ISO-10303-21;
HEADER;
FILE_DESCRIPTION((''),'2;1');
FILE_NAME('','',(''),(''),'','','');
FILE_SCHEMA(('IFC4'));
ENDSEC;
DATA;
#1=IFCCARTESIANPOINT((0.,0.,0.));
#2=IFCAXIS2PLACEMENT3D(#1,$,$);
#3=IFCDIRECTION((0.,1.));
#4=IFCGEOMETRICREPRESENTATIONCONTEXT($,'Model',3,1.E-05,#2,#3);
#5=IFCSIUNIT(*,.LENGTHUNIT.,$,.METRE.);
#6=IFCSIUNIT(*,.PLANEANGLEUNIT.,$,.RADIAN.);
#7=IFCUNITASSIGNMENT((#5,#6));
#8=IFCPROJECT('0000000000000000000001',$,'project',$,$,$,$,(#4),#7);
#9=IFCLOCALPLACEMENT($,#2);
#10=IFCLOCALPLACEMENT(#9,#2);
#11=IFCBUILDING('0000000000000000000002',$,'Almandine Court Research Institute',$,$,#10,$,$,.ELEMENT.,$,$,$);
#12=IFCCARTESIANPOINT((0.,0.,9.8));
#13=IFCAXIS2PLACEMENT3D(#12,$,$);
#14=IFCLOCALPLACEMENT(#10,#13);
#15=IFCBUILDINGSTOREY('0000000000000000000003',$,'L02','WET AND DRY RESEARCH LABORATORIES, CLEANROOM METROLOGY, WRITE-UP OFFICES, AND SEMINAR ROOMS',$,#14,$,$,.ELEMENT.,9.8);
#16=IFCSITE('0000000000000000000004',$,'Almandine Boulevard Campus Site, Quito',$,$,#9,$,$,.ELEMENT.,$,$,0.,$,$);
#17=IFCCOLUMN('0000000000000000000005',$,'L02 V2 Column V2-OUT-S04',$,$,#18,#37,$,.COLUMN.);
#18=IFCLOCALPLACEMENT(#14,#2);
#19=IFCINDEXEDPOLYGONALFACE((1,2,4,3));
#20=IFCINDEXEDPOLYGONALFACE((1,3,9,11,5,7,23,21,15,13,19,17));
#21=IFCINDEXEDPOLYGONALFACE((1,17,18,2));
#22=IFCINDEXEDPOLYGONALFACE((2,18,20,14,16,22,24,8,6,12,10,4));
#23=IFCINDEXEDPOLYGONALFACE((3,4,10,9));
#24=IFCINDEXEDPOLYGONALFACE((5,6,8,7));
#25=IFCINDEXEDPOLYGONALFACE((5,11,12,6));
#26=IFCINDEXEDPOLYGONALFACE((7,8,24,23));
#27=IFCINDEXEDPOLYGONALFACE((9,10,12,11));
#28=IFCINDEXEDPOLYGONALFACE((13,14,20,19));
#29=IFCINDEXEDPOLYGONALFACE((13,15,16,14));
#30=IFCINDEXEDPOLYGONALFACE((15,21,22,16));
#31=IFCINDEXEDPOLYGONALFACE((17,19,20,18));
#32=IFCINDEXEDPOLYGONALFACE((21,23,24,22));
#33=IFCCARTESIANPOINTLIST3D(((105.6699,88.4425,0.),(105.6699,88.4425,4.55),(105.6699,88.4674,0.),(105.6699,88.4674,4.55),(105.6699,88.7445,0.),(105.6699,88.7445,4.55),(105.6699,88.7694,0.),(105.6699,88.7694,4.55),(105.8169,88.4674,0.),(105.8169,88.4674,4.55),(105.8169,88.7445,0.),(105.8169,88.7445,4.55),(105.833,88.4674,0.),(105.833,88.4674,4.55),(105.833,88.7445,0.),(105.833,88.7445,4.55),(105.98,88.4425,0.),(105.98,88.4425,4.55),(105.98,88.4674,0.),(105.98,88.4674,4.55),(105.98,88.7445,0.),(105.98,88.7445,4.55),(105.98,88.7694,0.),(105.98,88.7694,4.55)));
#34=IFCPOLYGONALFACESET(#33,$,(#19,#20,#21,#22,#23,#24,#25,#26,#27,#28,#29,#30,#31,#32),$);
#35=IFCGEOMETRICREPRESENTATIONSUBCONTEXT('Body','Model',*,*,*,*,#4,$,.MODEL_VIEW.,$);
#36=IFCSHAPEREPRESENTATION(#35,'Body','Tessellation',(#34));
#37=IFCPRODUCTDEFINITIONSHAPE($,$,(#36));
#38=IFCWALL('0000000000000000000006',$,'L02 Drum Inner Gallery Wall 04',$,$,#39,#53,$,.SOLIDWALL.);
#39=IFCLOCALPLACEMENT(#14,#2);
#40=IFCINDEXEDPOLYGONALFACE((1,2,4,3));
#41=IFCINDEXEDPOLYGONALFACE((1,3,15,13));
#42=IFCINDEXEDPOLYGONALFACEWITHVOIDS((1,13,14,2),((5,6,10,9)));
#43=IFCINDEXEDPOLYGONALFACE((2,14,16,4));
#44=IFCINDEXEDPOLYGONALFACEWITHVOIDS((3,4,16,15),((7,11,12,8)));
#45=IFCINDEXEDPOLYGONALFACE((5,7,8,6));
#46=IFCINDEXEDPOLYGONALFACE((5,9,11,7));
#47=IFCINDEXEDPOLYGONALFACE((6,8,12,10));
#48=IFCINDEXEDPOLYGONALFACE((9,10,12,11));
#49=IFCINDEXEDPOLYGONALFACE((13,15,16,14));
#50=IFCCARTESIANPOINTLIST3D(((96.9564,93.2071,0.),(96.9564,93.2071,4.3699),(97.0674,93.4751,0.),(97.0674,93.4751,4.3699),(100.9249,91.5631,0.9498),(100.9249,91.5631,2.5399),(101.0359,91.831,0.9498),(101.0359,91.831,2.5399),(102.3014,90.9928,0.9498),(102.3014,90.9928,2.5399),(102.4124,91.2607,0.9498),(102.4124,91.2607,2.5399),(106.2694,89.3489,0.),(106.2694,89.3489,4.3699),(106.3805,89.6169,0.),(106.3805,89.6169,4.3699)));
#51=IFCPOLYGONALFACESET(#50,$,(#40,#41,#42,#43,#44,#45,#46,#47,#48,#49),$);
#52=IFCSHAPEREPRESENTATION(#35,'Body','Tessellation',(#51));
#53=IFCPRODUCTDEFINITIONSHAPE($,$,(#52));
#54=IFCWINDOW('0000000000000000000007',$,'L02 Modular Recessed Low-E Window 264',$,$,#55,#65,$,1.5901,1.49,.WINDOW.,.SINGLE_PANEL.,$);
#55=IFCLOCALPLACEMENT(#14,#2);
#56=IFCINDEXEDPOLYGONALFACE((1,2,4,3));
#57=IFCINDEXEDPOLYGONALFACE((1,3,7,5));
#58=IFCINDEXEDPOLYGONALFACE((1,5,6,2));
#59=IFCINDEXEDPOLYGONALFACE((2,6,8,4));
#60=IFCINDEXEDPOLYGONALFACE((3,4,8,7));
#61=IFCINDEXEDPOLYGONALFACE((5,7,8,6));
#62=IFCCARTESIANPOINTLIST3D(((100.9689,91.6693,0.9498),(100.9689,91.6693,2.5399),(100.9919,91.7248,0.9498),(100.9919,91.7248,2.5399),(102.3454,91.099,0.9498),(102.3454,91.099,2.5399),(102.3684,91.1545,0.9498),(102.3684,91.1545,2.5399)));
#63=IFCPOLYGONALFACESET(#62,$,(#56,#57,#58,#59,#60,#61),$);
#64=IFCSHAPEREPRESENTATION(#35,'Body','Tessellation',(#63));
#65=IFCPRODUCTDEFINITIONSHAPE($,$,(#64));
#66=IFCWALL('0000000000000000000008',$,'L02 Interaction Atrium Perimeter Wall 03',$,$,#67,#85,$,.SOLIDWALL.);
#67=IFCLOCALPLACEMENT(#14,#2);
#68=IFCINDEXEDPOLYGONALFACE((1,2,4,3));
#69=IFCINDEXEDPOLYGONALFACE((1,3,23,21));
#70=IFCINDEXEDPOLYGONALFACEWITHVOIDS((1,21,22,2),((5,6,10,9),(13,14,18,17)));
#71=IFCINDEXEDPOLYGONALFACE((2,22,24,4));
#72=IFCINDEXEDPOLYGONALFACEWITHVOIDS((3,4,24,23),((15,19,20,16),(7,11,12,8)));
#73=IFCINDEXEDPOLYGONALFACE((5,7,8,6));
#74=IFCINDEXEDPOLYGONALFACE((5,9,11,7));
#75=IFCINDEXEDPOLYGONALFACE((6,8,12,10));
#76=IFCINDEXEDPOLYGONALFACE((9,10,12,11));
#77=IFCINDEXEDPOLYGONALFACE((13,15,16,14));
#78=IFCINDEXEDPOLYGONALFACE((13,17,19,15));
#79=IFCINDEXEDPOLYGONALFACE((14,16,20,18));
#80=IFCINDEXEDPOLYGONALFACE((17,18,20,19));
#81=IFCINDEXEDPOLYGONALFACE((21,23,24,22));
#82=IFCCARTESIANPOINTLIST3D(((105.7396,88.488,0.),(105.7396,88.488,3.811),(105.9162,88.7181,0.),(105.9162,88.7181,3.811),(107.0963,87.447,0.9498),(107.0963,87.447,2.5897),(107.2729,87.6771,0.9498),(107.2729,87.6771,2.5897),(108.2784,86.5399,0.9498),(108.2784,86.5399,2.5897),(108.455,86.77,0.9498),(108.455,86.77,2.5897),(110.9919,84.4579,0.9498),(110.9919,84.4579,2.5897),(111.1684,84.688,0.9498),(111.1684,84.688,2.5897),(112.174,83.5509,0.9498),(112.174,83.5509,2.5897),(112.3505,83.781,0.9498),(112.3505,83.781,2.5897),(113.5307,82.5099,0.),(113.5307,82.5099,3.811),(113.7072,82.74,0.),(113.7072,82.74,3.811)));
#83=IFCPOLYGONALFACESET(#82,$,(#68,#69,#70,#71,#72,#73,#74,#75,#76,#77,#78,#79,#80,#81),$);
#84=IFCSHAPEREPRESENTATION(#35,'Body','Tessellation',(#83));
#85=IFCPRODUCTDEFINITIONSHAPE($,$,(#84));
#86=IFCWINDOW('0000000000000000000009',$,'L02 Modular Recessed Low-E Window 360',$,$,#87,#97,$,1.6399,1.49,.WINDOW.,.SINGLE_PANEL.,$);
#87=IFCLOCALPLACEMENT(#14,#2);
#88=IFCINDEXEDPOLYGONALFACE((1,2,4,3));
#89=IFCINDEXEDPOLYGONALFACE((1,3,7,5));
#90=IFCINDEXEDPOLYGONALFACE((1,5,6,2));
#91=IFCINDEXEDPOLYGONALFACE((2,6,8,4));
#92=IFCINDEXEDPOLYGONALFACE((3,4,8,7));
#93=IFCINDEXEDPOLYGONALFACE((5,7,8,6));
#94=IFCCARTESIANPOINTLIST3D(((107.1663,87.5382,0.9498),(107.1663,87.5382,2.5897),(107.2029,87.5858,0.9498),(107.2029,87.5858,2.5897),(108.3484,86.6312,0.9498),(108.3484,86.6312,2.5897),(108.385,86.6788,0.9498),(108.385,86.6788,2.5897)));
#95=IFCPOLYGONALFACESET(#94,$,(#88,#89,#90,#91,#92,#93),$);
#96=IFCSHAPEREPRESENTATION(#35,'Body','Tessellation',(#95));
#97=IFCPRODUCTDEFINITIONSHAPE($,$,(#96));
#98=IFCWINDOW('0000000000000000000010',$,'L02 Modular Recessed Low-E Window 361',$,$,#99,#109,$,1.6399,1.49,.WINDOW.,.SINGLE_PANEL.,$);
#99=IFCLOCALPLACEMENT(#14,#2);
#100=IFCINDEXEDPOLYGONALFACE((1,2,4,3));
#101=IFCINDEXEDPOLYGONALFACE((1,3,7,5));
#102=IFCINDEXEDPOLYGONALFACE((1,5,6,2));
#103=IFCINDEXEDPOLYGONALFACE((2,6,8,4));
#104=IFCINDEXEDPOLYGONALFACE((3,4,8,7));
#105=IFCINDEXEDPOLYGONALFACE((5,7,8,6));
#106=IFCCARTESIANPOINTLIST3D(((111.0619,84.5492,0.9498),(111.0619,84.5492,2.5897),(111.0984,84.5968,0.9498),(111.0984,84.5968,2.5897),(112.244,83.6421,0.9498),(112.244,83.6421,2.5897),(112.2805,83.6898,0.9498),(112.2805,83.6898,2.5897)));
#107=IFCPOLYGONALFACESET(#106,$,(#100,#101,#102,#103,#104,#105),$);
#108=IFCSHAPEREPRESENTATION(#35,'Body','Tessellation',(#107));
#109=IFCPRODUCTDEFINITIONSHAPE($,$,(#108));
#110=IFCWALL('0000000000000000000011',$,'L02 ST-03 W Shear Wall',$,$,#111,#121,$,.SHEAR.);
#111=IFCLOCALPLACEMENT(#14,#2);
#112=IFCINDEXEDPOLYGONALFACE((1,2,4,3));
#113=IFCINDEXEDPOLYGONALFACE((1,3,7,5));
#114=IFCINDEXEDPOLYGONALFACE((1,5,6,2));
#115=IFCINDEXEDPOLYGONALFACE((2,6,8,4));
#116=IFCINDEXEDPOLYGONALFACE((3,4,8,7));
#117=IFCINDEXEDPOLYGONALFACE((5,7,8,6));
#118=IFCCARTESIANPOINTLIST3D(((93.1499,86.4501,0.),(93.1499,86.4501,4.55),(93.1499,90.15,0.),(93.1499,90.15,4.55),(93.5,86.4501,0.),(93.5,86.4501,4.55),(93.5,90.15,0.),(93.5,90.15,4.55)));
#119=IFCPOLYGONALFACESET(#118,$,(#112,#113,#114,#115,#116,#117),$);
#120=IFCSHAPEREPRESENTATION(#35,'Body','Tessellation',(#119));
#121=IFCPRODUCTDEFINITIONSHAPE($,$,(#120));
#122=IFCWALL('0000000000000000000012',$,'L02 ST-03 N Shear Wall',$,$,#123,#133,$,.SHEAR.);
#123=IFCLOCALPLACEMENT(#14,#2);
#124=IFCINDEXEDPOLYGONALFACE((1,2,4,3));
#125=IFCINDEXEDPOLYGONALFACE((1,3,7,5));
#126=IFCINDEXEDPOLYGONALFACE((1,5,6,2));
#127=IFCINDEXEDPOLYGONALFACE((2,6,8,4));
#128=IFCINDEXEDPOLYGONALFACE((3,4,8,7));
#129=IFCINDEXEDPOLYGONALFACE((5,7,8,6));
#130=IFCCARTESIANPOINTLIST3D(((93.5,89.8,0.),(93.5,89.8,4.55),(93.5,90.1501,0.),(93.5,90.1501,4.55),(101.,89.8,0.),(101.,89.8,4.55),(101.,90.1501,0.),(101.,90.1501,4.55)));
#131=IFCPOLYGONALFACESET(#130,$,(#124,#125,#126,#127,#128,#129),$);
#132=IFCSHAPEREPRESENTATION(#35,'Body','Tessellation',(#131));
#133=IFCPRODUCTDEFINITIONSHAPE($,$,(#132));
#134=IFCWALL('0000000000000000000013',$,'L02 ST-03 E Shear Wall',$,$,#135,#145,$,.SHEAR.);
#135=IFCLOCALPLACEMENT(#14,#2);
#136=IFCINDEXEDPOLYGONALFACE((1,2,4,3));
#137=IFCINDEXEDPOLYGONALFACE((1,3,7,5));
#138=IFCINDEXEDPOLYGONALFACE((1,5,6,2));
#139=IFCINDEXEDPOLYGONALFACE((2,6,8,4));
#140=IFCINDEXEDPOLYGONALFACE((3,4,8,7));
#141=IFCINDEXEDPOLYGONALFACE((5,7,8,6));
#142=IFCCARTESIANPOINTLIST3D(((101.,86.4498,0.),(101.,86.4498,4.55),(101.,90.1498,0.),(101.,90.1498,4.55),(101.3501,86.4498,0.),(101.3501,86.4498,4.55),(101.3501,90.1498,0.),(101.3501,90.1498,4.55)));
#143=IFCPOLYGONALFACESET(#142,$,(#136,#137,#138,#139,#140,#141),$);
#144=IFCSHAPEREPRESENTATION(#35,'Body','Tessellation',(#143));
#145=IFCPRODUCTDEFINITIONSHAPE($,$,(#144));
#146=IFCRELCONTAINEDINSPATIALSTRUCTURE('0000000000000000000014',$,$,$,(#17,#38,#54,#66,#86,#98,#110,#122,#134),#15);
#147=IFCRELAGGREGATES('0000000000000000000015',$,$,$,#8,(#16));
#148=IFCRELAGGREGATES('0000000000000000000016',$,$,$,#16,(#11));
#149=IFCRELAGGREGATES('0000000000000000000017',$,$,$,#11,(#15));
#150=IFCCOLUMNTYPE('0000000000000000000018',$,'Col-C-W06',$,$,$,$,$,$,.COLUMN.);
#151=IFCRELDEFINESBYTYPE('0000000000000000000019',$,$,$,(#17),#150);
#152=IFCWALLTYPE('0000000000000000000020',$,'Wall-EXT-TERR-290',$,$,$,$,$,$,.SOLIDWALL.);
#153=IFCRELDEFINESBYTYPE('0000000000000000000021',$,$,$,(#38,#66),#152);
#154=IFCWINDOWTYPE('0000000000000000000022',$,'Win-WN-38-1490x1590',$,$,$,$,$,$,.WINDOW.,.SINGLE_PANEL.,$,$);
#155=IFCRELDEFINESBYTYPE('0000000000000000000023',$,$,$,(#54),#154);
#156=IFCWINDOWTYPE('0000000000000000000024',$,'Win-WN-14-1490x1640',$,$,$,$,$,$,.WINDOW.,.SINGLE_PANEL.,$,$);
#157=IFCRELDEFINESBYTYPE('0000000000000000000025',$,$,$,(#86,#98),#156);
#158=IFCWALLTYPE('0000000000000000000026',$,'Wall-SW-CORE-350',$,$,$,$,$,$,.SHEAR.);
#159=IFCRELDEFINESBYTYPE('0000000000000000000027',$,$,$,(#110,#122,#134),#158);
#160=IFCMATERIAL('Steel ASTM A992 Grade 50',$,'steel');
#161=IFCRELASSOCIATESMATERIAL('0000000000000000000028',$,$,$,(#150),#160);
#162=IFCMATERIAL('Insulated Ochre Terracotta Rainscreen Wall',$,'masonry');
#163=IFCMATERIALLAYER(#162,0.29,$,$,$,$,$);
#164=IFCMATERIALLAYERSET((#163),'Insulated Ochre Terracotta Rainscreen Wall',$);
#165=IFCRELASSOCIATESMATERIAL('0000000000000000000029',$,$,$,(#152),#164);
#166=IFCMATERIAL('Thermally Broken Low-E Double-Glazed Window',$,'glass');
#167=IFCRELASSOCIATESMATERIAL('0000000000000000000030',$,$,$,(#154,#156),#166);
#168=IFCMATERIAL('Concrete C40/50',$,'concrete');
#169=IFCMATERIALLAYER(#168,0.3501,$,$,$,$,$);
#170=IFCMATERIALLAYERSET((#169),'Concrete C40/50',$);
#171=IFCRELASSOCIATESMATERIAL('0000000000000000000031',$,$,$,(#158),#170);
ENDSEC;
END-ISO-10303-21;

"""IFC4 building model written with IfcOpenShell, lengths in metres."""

from ifc_helpers import new_model, si_unit, direction, frame, frame_2d, origin, origin_2d, place, context, subcontext, project, spatial, rectangle, i_section, extrude, material, layer, layer_set, material_profile, profile_set, type_object, element, fill, save


model = new_model("IFC4")

# Units and contexts
model_context = context("Model", 3, precision=1e-05, world=origin(), true_north=direction((0.0, 1.0)))
body_context = subcontext(model_context, "Body", "Model", "MODEL_VIEW")
ifc_project = project(units=[si_unit("LENGTHUNIT", "METRE"), si_unit("PLANEANGLEUNIT", "RADIAN")], contexts=[model_context])

# Site, building, storey
site_placement = place(None, origin())
site = spatial("IfcSite", under=ifc_project, at=site_placement, Name="Almandine Boulevard Campus Site, Quito", CompositionType="ELEMENT", RefElevation=0.0)
building_placement = place(site_placement, origin())
building = spatial("IfcBuilding", under=site, at=building_placement, Name="Almandine Court Research Institute", CompositionType="ELEMENT")
storey_placement = place(building_placement, frame((0.0, 0.0, 9.8)))
storey = spatial("IfcBuildingStorey", under=building, at=storey_placement, Name="L02", Description="WET AND DRY RESEARCH LABORATORIES, CLEANROOM METROLOGY, WRITE-UP OFFICES, AND SEMINAR ROOMS", CompositionType="ELEMENT", Elevation=9.8)

# Column
ifc_material_1 = material(Name="Steel ASTM A992 Grade 50", Category="steel")
ifc_material_profile = material_profile(ifc_material_1, i_section(OverallWidth=0.3101, OverallDepth=0.3269, WebThickness=0.0161, FlangeThickness=0.0249, at=origin_2d()), Name="W310x158")
ifc_profile_set = profile_set([ifc_material_profile], Name="Steel ASTM A992 Grade 50")
column_type = type_object("IfcColumnType", Name="Col-C-W06", PredefinedType="COLUMN", material=ifc_profile_set)
column_placement = place(storey_placement, frame((105.825, 88.606, 0.0), z_axis=(0.0, 0.0, 1.0), x_axis=(1.0, 0.0, 0.0)))
element("IfcColumn", 1, at=column_placement, inside=storey, type_object=column_type, Name="L02 V2 Column V2-OUT-S04", PredefinedType="COLUMN", context=body_context, shape_type="SweptSolid", body=[
    extrude(i_section(OverallWidth=0.3101, OverallDepth=0.3269, WebThickness=0.0161, FlangeThickness=0.0249, at=origin_2d()), origin(), (0.0, 0.0, 1.0), 4.55),
])

# Wall, opening, window
ifc_material_2 = material(Name="Insulated Ochre Terracotta Rainscreen Wall", Category="masonry")
ifc_layer_1 = layer(ifc_material_2, 0.29)
ifc_layer_set_1 = layer_set([ifc_layer_1], Name="Insulated Ochre Terracotta Rainscreen Wall")
wall_type_1 = type_object("IfcWallType", Name="Wall-EXT-TERR-290", PredefinedType="SOLIDWALL", material=ifc_layer_set_1)
wall_1_placement = place(storey_placement, frame((106.325, 89.4829, 0.0), z_axis=(0.0, 0.0, 1.0), x_axis=(-0.923859, 0.382733, 0.0)))
wall_1 = element("IfcWall", 2, at=wall_1_placement, inside=storey, type_object=wall_type_1, Name="L02 Drum Inner Gallery Wall 04", PredefinedType="SOLIDWALL", context=body_context, shape_type="SweptSolid", body=[
    extrude(rectangle(XDim=10.0806, YDim=0.29, at=frame_2d((5.0403, 0.0))), origin(), (0.0, 0.0, 1.0), 4.3699),
])
opening_1_placement = place(wall_1_placement, frame((4.2949, 0.0, 0.95)))
opening_1 = element("IfcOpeningElement", 3, at=opening_1_placement, cuts=wall_1, PredefinedType="OPENING", context=body_context, shape_type="SweptSolid", body=[
    extrude(rectangle(XDim=1.49, YDim=1.5901, at=frame_2d((0.7451, 0.7949))), frame((0.0, 0.155, 0.0), z_axis=(0.0, -1.0, 0.0), x_axis=(1.0, 0.0, 0.0)), (0.0, 0.0, 1.0), 0.3101),
])
ifc_material_3 = material(Name="Thermally Broken Low-E Double-Glazed Window", Category="glass")
window_type_1 = type_object("IfcWindowType", Name="Win-WN-38-1490x1590", PartitioningType="SINGLE_PANEL", PredefinedType="WINDOW", material=ifc_material_3)
window_1_placement = place(opening_1_placement, origin())
window_1 = element("IfcWindow", 4, at=window_1_placement, inside=storey, type_object=window_type_1, Name="L02 Modular Recessed Low-E Window 264", OverallHeight=1.5901, OverallWidth=1.49, PartitioningType="SINGLE_PANEL", PredefinedType="WINDOW", context=body_context, shape_type="SweptSolid", body=[
    extrude(rectangle(XDim=1.49, YDim=1.5901, at=frame_2d((0.7451, 0.7949))), frame((0.0, 0.03, 0.0), z_axis=(0.0, -1.0, 0.0), x_axis=(1.0, 0.0, 0.0)), (0.0, 0.0, 1.0), 0.0601),
])
fill(opening_1, window_1)

# Wall, openings, windows
wall_2_placement = place(storey_placement, frame((105.8279, 88.603, 0.0), z_axis=(0.0, 0.0, 1.0), x_axis=(0.793365, -0.608747, 0.0)))
wall_2 = element("IfcWall", 5, at=wall_2_placement, inside=storey, type_object=wall_type_1, Name="L02 Interaction Atrium Perimeter Wall 03", PredefinedType="SOLIDWALL", context=body_context, shape_type="SweptSolid", body=[
    extrude(rectangle(XDim=9.8203, YDim=0.29, at=frame_2d((4.9102, 0.0))), origin(), (0.0, 0.0, 1.0), 3.811),
])
opening_2_placement = place(wall_2_placement, frame((1.71, 0.0, 0.95)))
opening_2 = element("IfcOpeningElement", 6, at=opening_2_placement, cuts=wall_2, PredefinedType="OPENING", context=body_context, shape_type="SweptSolid", body=[
    extrude(rectangle(XDim=1.49, YDim=1.6399, at=frame_2d((0.7451, 0.8198))), frame((0.0, 0.155, 0.0), z_axis=(0.0, -1.0, 0.0), x_axis=(1.0, 0.0, 0.0)), (0.0, 0.0, 1.0), 0.3101),
])
opening_3_placement = place(wall_2_placement, frame((6.6201, 0.0, 0.95)))
opening_3 = element("IfcOpeningElement", 7, at=opening_3_placement, cuts=wall_2, PredefinedType="OPENING", context=body_context, shape_type="SweptSolid", body=[
    extrude(rectangle(XDim=1.49, YDim=1.6399, at=frame_2d((0.7451, 0.8198))), frame((0.0, 0.155, 0.0), z_axis=(0.0, -1.0, 0.0), x_axis=(1.0, 0.0, 0.0)), (0.0, 0.0, 1.0), 0.3101),
])
window_type_2 = type_object("IfcWindowType", Name="Win-WN-14-1490x1640", PartitioningType="SINGLE_PANEL", PredefinedType="WINDOW", material=ifc_material_3)
window_2_placement = place(opening_2_placement, origin())
window_2 = element("IfcWindow", 8, at=window_2_placement, inside=storey, type_object=window_type_2, Name="L02 Modular Recessed Low-E Window 360", OverallHeight=1.6399, OverallWidth=1.49, PartitioningType="SINGLE_PANEL", PredefinedType="WINDOW", context=body_context, shape_type="SweptSolid", body=[
    extrude(rectangle(XDim=1.49, YDim=1.6399, at=frame_2d((0.7451, 0.8198))), frame((0.0, 0.03, 0.0), z_axis=(0.0, -1.0, 0.0), x_axis=(1.0, 0.0, 0.0)), (0.0, 0.0, 1.0), 0.0601),
])
fill(opening_2, window_2)
window_3_placement = place(opening_3_placement, origin())
window_3 = element("IfcWindow", 9, at=window_3_placement, inside=storey, type_object=window_type_2, Name="L02 Modular Recessed Low-E Window 361", OverallHeight=1.6399, OverallWidth=1.49, PartitioningType="SINGLE_PANEL", PredefinedType="WINDOW", context=body_context, shape_type="SweptSolid", body=[
    extrude(rectangle(XDim=1.49, YDim=1.6399, at=frame_2d((0.7451, 0.8198))), frame((0.0, 0.03, 0.0), z_axis=(0.0, -1.0, 0.0), x_axis=(1.0, 0.0, 0.0)), (0.0, 0.0, 1.0), 0.0601),
])
fill(opening_3, window_3)

# Walls
ifc_material_4 = material(Name="Concrete C40/50", Category="concrete")
ifc_layer_2 = layer(ifc_material_4, 0.3501)
ifc_layer_set_2 = layer_set([ifc_layer_2], Name="Concrete C40/50")
wall_type_2 = type_object("IfcWallType", Name="Wall-SW-CORE-350", PredefinedType="SHEAR", material=ifc_layer_set_2)
wall_3_placement = place(storey_placement, frame((93.325, 86.45, 0.0), z_axis=(0.0, 0.0, 1.0), x_axis=(0.0, 1.0, 0.0)))
element("IfcWall", 10, at=wall_3_placement, inside=storey, type_object=wall_type_2, Name="L02 ST-03 W Shear Wall", PredefinedType="SHEAR", context=body_context, shape_type="SweptSolid", body=[
    extrude(rectangle(XDim=3.7, YDim=0.3501, at=frame_2d((1.8501, 0.0))), origin(), (0.0, 0.0, 1.0), 4.55),
])
wall_4_placement = place(storey_placement, frame((93.5, 89.9751, 0.0), z_axis=(0.0, 0.0, 1.0), x_axis=(1.0, 0.0, 0.0)))
element("IfcWall", 11, at=wall_4_placement, inside=storey, type_object=wall_type_2, Name="L02 ST-03 N Shear Wall", PredefinedType="SHEAR", context=body_context, shape_type="SweptSolid", body=[
    extrude(rectangle(XDim=7.5, YDim=0.3501, at=frame_2d((3.75, 0.0))), origin(), (0.0, 0.0, 1.0), 4.55),
])
wall_5_placement = place(storey_placement, frame((101.175, 90.1499, 0.0), z_axis=(0.0, 0.0, 1.0), x_axis=(0.0, -1.0, 0.0)))
element("IfcWall", 12, at=wall_5_placement, inside=storey, type_object=wall_type_2, Name="L02 ST-03 E Shear Wall", PredefinedType="SHEAR", context=body_context, shape_type="SweptSolid", body=[
    extrude(rectangle(XDim=3.7, YDim=0.3501, at=frame_2d((1.8501, 0.0))), origin(), (0.0, 0.0, 1.0), 4.55),
])

save(model, "model.ifc")
